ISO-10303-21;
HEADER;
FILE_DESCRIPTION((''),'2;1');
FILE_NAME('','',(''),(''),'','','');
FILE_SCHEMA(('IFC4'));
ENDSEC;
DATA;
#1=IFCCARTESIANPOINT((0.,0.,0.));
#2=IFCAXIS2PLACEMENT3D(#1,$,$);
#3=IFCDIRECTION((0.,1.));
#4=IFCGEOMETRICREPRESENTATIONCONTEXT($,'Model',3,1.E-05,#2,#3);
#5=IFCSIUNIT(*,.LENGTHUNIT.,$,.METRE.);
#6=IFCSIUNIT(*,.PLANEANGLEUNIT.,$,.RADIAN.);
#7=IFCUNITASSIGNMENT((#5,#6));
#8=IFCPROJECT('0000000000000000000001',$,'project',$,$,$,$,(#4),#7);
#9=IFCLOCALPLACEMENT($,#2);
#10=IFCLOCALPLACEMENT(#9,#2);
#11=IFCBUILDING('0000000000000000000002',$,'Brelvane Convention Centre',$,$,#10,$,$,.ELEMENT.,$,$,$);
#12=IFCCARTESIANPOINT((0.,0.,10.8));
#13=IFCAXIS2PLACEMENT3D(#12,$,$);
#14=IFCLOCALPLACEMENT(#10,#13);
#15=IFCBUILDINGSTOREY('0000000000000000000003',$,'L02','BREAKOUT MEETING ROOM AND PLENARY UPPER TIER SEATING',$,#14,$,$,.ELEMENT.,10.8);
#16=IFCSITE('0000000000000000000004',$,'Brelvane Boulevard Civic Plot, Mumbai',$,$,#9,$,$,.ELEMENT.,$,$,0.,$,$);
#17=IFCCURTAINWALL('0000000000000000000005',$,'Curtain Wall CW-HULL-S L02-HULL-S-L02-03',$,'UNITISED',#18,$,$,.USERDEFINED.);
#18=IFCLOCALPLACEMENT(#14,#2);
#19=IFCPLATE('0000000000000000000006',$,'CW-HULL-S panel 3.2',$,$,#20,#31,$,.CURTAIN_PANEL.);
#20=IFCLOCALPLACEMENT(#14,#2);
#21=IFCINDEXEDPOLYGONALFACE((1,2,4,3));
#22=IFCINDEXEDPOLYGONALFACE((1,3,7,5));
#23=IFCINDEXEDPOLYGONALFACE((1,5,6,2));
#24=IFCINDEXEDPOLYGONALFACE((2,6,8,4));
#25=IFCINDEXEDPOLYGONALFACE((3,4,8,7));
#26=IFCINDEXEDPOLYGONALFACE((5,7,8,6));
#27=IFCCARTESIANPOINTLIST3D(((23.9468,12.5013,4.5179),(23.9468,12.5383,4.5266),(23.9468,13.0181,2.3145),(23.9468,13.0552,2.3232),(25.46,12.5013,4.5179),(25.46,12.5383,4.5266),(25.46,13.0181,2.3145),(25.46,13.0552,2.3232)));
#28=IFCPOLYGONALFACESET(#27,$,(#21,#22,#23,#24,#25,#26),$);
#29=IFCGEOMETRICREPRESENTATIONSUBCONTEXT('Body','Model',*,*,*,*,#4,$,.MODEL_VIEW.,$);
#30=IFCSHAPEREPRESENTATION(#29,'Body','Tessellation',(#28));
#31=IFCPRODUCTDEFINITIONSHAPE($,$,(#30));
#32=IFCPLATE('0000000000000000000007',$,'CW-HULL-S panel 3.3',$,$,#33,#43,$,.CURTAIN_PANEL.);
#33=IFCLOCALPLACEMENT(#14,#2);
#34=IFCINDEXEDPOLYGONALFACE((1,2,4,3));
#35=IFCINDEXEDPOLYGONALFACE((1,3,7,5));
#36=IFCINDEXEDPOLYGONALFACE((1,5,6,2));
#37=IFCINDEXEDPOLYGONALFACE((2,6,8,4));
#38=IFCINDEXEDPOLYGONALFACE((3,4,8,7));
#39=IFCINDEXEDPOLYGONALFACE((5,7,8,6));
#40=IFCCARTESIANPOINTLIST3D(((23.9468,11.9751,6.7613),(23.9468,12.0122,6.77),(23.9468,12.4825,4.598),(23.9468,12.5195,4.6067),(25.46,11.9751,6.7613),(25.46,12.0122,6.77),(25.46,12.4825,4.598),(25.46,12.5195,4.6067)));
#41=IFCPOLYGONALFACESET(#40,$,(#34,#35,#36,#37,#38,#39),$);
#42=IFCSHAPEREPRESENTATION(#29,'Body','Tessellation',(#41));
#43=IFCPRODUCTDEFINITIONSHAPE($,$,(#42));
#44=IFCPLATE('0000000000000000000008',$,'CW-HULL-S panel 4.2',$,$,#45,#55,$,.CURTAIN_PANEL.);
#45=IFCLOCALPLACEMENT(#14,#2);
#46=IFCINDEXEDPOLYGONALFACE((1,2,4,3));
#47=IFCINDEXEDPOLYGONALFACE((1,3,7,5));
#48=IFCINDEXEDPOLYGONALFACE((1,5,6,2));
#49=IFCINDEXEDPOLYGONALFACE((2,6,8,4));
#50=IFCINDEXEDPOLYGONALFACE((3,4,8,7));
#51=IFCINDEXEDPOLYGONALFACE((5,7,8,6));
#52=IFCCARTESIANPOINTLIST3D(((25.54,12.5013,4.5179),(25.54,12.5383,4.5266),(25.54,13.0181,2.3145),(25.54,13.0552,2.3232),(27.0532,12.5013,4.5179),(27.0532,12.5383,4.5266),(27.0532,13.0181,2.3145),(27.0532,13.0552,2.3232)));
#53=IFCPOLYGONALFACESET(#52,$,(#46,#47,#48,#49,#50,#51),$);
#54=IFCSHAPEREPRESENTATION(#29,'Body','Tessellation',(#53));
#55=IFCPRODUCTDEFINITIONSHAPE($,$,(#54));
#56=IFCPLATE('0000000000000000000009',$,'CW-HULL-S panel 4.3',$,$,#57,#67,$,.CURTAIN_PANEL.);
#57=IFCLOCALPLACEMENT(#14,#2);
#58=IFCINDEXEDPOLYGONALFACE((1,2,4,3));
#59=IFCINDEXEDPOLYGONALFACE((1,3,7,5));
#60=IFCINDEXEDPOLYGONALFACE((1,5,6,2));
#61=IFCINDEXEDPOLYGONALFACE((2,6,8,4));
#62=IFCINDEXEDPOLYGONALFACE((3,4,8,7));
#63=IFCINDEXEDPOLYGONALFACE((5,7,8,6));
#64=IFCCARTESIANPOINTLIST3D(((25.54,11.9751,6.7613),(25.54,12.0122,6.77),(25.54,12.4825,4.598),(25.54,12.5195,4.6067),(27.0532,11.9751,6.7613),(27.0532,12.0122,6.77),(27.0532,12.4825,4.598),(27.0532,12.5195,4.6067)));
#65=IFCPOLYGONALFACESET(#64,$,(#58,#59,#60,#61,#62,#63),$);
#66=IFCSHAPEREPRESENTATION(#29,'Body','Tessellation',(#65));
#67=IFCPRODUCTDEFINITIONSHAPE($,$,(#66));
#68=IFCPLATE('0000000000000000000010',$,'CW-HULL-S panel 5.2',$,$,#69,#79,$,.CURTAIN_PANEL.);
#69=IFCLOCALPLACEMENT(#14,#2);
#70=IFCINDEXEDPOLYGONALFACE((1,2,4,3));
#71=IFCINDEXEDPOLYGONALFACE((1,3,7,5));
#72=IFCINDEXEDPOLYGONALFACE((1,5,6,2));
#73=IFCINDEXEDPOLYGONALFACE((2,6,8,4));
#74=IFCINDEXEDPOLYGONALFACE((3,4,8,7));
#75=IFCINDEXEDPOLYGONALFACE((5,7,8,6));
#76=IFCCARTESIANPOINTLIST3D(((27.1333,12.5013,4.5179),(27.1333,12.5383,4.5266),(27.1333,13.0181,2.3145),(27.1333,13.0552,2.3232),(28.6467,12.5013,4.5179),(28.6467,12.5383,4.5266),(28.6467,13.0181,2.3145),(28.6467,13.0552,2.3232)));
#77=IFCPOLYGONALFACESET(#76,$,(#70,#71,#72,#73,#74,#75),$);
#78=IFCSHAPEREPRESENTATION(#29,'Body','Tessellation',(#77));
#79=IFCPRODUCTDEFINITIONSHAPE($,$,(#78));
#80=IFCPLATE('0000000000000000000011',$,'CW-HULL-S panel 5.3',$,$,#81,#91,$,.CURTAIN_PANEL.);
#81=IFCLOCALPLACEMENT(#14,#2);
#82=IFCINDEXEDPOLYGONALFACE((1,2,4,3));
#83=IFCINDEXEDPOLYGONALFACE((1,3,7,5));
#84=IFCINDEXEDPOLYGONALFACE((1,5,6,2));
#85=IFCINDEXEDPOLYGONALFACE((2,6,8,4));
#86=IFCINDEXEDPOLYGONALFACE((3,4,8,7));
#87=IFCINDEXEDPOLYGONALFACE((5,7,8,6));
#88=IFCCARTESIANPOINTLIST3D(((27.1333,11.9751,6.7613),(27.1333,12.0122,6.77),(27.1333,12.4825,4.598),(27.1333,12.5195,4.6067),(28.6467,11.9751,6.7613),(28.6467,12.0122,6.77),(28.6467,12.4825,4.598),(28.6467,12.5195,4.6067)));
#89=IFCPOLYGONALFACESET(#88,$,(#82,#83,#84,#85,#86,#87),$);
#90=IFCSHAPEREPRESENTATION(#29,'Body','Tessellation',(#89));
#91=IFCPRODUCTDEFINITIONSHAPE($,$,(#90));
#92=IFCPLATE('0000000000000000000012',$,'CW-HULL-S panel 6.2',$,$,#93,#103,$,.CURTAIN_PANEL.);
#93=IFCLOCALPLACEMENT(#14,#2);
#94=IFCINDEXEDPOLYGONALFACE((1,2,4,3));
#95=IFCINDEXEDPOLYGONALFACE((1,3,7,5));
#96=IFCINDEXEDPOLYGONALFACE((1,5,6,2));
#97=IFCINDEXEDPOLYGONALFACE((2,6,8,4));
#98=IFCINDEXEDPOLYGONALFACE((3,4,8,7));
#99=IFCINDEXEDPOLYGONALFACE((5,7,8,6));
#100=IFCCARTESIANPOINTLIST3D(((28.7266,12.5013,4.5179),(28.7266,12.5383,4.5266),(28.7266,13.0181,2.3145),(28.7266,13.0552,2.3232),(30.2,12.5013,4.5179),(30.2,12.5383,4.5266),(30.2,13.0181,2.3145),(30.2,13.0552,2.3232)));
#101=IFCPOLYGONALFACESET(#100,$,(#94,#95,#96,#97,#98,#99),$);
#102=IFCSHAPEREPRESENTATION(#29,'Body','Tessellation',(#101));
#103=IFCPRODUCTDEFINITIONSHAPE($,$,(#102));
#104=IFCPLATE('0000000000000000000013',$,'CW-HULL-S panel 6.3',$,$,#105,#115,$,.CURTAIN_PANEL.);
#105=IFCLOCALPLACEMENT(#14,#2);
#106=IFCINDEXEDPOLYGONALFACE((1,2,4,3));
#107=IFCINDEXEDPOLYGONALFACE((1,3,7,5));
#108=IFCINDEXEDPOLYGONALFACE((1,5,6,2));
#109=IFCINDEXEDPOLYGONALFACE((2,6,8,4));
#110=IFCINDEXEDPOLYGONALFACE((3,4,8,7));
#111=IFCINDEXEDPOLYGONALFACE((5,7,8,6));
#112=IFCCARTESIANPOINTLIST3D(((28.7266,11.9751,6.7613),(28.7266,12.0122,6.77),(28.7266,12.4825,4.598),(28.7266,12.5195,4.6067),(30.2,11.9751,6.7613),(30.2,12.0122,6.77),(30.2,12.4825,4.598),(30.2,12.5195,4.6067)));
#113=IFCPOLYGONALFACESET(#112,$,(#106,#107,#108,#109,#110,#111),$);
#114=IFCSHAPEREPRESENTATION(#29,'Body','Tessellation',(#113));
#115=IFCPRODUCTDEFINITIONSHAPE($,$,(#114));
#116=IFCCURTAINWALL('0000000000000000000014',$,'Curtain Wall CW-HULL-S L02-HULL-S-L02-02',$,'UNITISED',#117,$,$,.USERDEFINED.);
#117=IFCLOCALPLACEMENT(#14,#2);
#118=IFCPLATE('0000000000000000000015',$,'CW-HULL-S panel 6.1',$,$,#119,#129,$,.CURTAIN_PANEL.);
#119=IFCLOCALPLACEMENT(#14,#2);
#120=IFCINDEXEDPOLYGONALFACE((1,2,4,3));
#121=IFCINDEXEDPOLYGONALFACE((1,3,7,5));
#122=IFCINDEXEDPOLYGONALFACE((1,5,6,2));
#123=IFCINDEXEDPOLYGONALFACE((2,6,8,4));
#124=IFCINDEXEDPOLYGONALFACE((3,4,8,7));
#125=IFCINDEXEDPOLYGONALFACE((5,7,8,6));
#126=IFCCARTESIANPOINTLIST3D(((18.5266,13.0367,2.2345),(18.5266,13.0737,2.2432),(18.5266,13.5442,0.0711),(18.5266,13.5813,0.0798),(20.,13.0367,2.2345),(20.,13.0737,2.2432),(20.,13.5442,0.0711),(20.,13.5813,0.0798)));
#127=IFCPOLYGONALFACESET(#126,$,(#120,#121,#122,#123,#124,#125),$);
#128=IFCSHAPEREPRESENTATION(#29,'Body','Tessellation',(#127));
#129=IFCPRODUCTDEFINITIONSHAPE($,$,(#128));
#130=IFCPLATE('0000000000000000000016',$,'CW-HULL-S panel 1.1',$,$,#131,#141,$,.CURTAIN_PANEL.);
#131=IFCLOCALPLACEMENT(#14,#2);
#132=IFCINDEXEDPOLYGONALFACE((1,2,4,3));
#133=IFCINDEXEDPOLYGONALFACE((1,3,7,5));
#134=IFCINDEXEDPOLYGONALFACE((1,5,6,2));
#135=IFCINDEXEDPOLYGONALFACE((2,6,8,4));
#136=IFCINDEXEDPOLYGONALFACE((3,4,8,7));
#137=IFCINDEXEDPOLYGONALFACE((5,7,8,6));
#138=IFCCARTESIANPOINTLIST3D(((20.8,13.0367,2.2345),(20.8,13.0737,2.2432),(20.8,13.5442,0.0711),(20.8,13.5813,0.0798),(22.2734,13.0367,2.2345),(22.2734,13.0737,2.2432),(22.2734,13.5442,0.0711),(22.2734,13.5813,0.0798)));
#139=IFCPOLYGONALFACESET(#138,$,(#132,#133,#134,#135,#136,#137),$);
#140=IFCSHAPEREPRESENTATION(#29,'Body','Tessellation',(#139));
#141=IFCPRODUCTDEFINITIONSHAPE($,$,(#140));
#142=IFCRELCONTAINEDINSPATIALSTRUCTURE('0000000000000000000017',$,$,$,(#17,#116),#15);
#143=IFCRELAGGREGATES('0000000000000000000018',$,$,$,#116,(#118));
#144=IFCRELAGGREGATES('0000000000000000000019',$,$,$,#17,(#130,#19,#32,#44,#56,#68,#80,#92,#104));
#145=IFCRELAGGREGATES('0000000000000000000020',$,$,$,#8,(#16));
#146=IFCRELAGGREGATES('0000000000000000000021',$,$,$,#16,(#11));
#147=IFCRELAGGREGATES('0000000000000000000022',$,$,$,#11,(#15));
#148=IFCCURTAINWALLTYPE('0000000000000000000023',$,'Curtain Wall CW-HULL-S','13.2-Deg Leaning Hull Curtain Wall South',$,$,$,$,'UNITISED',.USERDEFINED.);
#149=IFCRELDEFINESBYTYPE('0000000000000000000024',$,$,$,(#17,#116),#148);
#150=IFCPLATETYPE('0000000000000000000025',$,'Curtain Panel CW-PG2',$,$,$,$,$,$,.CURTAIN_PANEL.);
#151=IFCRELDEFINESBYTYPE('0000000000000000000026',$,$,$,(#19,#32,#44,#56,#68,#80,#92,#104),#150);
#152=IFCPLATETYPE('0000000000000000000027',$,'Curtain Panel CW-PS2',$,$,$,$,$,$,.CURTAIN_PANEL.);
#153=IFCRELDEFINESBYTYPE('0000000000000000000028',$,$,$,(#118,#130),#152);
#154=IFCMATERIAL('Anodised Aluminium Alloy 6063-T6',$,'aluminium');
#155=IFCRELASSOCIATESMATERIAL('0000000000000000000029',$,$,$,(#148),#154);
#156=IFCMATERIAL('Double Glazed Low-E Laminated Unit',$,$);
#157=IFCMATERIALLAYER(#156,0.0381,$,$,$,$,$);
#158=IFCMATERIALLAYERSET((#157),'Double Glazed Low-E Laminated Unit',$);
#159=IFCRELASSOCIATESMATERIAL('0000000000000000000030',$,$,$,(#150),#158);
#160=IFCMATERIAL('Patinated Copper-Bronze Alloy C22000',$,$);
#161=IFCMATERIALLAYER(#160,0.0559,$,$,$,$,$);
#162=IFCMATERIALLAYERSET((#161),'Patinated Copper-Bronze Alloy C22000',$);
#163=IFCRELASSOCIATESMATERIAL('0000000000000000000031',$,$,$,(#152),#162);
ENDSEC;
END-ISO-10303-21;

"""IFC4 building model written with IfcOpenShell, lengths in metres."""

from ifc_helpers import new_model, si_unit, direction, frame, origin, place, context, subcontext, project, spatial, polyline, outline, extrude, material, layer, layer_set, type_object, element, aggregate, save


model = new_model("IFC4")

# Units and contexts
model_context = context("Model", 3, precision=1e-05, world=origin(), true_north=direction((0.0, 1.0)))
body_context = subcontext(model_context, "Body", "Model", "MODEL_VIEW")
ifc_project = project(units=[si_unit("LENGTHUNIT", "METRE"), si_unit("PLANEANGLEUNIT", "RADIAN")], contexts=[model_context])

# Site, building, storey
site_placement = place(None, origin())
site = spatial("IfcSite", under=ifc_project, at=site_placement, Name="Brelvane Boulevard Civic Plot, Mumbai", CompositionType="ELEMENT", RefElevation=0.0)
building_placement = place(site_placement, origin())
building = spatial("IfcBuilding", under=site, at=building_placement, Name="Brelvane Convention Centre", CompositionType="ELEMENT")
storey_placement = place(building_placement, frame((0.0, 0.0, 10.8)))
storey = spatial("IfcBuildingStorey", under=building, at=storey_placement, Name="L02", Description="BREAKOUT MEETING ROOM AND PLENARY UPPER TIER SEATING", CompositionType="ELEMENT", Elevation=10.8)

# Curtain wall, plates
ifc_material_1 = material(Name="Anodised Aluminium Alloy 6063-T6", Category="aluminium")
curtain_wall_type = type_object("IfcCurtainWallType", Name="Curtain Wall CW-HULL-S", Description="13.2-Deg Leaning Hull Curtain Wall South", ElementType="UNITISED", PredefinedType="USERDEFINED", material=ifc_material_1)
curtain_wall_1_placement = place(storey_placement, origin())
curtain_wall_1 = element("IfcCurtainWall", 1, at=curtain_wall_1_placement, inside=storey, type_object=curtain_wall_type, Name="Curtain Wall CW-HULL-S L02-HULL-S-L02-03", ObjectType="UNITISED", PredefinedType="USERDEFINED")
ifc_material_2 = material(Name="Double Glazed Low-E Laminated Unit")
ifc_layer_1 = layer(ifc_material_2, 0.0381)
ifc_layer_set_1 = layer_set([ifc_layer_1], Name="Double Glazed Low-E Laminated Unit")
plate_type_1 = type_object("IfcPlateType", Name="Curtain Panel CW-PG2", PredefinedType="CURTAIN_PANEL", material=ifc_layer_set_1)
plate_1_placement = place(storey_placement, frame((23.9468, 13.0552, 2.3232), z_axis=(0.0, 0.973574, 0.228372), x_axis=(1.0, 0.0, 0.0)))
plate_1 = element("IfcPlate", 2, at=plate_1_placement, type_object=plate_type_1, Name="CW-HULL-S panel 3.2", PredefinedType="CURTAIN_PANEL", context=body_context, shape_type="SweptSolid", body=[
    extrude(outline(polyline([(0.0, 0.0), (1.5132, 0.0), (1.5132, -2.2632), (0.0, -2.2632), (0.0, 0.0)])), origin(), (0.0, 0.0, -1.0), 0.0381),
])
plate_2_placement = place(storey_placement, frame((23.9468, 12.5195, 4.6067), z_axis=(0.0, 0.973587, 0.228317), x_axis=(1.0, 0.0, 0.0)))
plate_2 = element("IfcPlate", 3, at=plate_2_placement, type_object=plate_type_1, Name="CW-HULL-S panel 3.3", PredefinedType="CURTAIN_PANEL", context=body_context, shape_type="SweptSolid", body=[
    extrude(outline(polyline([(0.0, 0.0), (1.5132, 0.0), (1.5132, -2.222), (0.0, -2.222), (0.0, 0.0)])), origin(), (0.0, 0.0, -1.0), 0.0381),
])
plate_3_placement = place(storey_placement, frame((25.54, 13.0552, 2.3232), z_axis=(0.0, 0.973574, 0.228372), x_axis=(1.0, 0.0, 0.0)))
plate_3 = element("IfcPlate", 4, at=plate_3_placement, type_object=plate_type_1, Name="CW-HULL-S panel 4.2", PredefinedType="CURTAIN_PANEL", context=body_context, shape_type="SweptSolid", body=[
    extrude(outline(polyline([(0.0, 0.0), (1.5132, 0.0), (1.5132, -2.2632), (0.0, -2.2632), (0.0, 0.0)])), origin(), (0.0, 0.0, -1.0), 0.0381),
])
plate_4_placement = place(storey_placement, frame((25.54, 12.5195, 4.6067), z_axis=(0.0, 0.973587, 0.228317), x_axis=(1.0, 0.0, 0.0)))
plate_4 = element("IfcPlate", 5, at=plate_4_placement, type_object=plate_type_1, Name="CW-HULL-S panel 4.3", PredefinedType="CURTAIN_PANEL", context=body_context, shape_type="SweptSolid", body=[
    extrude(outline(polyline([(0.0, 0.0), (1.5132, 0.0), (1.5132, -2.222), (0.0, -2.222), (0.0, 0.0)])), origin(), (0.0, 0.0, -1.0), 0.0381),
])
plate_5_placement = place(storey_placement, frame((27.1333, 13.0552, 2.3232), z_axis=(0.0, 0.973574, 0.228372), x_axis=(1.0, 0.0, 0.0)))
plate_5 = element("IfcPlate", 6, at=plate_5_placement, type_object=plate_type_1, Name="CW-HULL-S panel 5.2", PredefinedType="CURTAIN_PANEL", context=body_context, shape_type="SweptSolid", body=[
    extrude(outline(polyline([(0.0, 0.0), (1.5134, 0.0), (1.5134, -2.2632), (0.0, -2.2632), (0.0, 0.0)])), origin(), (0.0, 0.0, -1.0), 0.0381),
])
plate_6_placement = place(storey_placement, frame((27.1333, 12.5195, 4.6067), z_axis=(0.0, 0.973587, 0.228317), x_axis=(1.0, 0.0, 0.0)))
plate_6 = element("IfcPlate", 7, at=plate_6_placement, type_object=plate_type_1, Name="CW-HULL-S panel 5.3", PredefinedType="CURTAIN_PANEL", context=body_context, shape_type="SweptSolid", body=[
    extrude(outline(polyline([(0.0, 0.0), (1.5134, 0.0), (1.5134, -2.222), (0.0, -2.222), (0.0, 0.0)])), origin(), (0.0, 0.0, -1.0), 0.0381),
])
plate_7_placement = place(storey_placement, frame((28.7266, 13.0552, 2.3232), z_axis=(0.0, 0.973574, 0.228372), x_axis=(1.0, 0.0, 0.0)))
plate_7 = element("IfcPlate", 8, at=plate_7_placement, type_object=plate_type_1, Name="CW-HULL-S panel 6.2", PredefinedType="CURTAIN_PANEL", context=body_context, shape_type="SweptSolid", body=[
    extrude(outline(polyline([(0.0, 0.0), (1.4734, 0.0), (1.4734, -2.2632), (0.0, -2.2632), (0.0, 0.0)])), origin(), (0.0, 0.0, -1.0), 0.0381),
])
plate_8_placement = place(storey_placement, frame((28.7266, 12.5195, 4.6067), z_axis=(0.0, 0.973587, 0.228317), x_axis=(1.0, 0.0, 0.0)))
plate_8 = element("IfcPlate", 9, at=plate_8_placement, type_object=plate_type_1, Name="CW-HULL-S panel 6.3", PredefinedType="CURTAIN_PANEL", context=body_context, shape_type="SweptSolid", body=[
    extrude(outline(polyline([(0.0, 0.0), (1.4734, 0.0), (1.4734, -2.222), (0.0, -2.222), (0.0, 0.0)])), origin(), (0.0, 0.0, -1.0), 0.0381),
])

# Curtain wall, plate
curtain_wall_2_placement = place(storey_placement, origin())
curtain_wall_2 = element("IfcCurtainWall", 10, at=curtain_wall_2_placement, inside=storey, type_object=curtain_wall_type, Name="Curtain Wall CW-HULL-S L02-HULL-S-L02-02", ObjectType="UNITISED", PredefinedType="USERDEFINED")
ifc_material_3 = material(Name="Patinated Copper-Bronze Alloy C22000")
ifc_layer_2 = layer(ifc_material_3, 0.0559)
ifc_layer_set_2 = layer_set([ifc_layer_2], Name="Patinated Copper-Bronze Alloy C22000")
plate_type_2 = type_object("IfcPlateType", Name="Curtain Panel CW-PS2", PredefinedType="CURTAIN_PANEL", material=ifc_layer_set_2)
plate_9_placement = place(storey_placement, frame((18.5266, 13.5813, 0.0798), z_axis=(0.0, 0.973563, 0.228421), x_axis=(1.0, 0.0, 0.0)))
plate_9 = element("IfcPlate", 11, at=plate_9_placement, type_object=plate_type_2, Name="CW-HULL-S panel 6.1", PredefinedType="CURTAIN_PANEL", context=body_context, shape_type="SweptSolid", body=[
    extrude(outline(polyline([(0.0, 0.0), (1.4734, 0.0), (1.4734, -2.2221), (0.0, -2.2221), (0.0, 0.0)])), origin(), (0.0, 0.0, -1.0), 0.0381),
])
aggregate(curtain_wall_2, [plate_9])

# Plate
plate_10_placement = place(storey_placement, frame((20.8, 13.5813, 0.0798), z_axis=(0.0, 0.973563, 0.228421), x_axis=(1.0, 0.0, 0.0)))
plate_10 = element("IfcPlate", 12, at=plate_10_placement, type_object=plate_type_2, Name="CW-HULL-S panel 1.1", PredefinedType="CURTAIN_PANEL", context=body_context, shape_type="SweptSolid", body=[
    extrude(outline(polyline([(0.0, 0.0), (1.4734, 0.0), (1.4734, -2.2221), (0.0, -2.2221), (0.0, 0.0)])), origin(), (0.0, 0.0, -1.0), 0.0381),
])
aggregate(curtain_wall_1, [plate_10, plate_1, plate_2, plate_3, plate_4, plate_5, plate_6, plate_7, plate_8])

save(model, "model.ifc")
